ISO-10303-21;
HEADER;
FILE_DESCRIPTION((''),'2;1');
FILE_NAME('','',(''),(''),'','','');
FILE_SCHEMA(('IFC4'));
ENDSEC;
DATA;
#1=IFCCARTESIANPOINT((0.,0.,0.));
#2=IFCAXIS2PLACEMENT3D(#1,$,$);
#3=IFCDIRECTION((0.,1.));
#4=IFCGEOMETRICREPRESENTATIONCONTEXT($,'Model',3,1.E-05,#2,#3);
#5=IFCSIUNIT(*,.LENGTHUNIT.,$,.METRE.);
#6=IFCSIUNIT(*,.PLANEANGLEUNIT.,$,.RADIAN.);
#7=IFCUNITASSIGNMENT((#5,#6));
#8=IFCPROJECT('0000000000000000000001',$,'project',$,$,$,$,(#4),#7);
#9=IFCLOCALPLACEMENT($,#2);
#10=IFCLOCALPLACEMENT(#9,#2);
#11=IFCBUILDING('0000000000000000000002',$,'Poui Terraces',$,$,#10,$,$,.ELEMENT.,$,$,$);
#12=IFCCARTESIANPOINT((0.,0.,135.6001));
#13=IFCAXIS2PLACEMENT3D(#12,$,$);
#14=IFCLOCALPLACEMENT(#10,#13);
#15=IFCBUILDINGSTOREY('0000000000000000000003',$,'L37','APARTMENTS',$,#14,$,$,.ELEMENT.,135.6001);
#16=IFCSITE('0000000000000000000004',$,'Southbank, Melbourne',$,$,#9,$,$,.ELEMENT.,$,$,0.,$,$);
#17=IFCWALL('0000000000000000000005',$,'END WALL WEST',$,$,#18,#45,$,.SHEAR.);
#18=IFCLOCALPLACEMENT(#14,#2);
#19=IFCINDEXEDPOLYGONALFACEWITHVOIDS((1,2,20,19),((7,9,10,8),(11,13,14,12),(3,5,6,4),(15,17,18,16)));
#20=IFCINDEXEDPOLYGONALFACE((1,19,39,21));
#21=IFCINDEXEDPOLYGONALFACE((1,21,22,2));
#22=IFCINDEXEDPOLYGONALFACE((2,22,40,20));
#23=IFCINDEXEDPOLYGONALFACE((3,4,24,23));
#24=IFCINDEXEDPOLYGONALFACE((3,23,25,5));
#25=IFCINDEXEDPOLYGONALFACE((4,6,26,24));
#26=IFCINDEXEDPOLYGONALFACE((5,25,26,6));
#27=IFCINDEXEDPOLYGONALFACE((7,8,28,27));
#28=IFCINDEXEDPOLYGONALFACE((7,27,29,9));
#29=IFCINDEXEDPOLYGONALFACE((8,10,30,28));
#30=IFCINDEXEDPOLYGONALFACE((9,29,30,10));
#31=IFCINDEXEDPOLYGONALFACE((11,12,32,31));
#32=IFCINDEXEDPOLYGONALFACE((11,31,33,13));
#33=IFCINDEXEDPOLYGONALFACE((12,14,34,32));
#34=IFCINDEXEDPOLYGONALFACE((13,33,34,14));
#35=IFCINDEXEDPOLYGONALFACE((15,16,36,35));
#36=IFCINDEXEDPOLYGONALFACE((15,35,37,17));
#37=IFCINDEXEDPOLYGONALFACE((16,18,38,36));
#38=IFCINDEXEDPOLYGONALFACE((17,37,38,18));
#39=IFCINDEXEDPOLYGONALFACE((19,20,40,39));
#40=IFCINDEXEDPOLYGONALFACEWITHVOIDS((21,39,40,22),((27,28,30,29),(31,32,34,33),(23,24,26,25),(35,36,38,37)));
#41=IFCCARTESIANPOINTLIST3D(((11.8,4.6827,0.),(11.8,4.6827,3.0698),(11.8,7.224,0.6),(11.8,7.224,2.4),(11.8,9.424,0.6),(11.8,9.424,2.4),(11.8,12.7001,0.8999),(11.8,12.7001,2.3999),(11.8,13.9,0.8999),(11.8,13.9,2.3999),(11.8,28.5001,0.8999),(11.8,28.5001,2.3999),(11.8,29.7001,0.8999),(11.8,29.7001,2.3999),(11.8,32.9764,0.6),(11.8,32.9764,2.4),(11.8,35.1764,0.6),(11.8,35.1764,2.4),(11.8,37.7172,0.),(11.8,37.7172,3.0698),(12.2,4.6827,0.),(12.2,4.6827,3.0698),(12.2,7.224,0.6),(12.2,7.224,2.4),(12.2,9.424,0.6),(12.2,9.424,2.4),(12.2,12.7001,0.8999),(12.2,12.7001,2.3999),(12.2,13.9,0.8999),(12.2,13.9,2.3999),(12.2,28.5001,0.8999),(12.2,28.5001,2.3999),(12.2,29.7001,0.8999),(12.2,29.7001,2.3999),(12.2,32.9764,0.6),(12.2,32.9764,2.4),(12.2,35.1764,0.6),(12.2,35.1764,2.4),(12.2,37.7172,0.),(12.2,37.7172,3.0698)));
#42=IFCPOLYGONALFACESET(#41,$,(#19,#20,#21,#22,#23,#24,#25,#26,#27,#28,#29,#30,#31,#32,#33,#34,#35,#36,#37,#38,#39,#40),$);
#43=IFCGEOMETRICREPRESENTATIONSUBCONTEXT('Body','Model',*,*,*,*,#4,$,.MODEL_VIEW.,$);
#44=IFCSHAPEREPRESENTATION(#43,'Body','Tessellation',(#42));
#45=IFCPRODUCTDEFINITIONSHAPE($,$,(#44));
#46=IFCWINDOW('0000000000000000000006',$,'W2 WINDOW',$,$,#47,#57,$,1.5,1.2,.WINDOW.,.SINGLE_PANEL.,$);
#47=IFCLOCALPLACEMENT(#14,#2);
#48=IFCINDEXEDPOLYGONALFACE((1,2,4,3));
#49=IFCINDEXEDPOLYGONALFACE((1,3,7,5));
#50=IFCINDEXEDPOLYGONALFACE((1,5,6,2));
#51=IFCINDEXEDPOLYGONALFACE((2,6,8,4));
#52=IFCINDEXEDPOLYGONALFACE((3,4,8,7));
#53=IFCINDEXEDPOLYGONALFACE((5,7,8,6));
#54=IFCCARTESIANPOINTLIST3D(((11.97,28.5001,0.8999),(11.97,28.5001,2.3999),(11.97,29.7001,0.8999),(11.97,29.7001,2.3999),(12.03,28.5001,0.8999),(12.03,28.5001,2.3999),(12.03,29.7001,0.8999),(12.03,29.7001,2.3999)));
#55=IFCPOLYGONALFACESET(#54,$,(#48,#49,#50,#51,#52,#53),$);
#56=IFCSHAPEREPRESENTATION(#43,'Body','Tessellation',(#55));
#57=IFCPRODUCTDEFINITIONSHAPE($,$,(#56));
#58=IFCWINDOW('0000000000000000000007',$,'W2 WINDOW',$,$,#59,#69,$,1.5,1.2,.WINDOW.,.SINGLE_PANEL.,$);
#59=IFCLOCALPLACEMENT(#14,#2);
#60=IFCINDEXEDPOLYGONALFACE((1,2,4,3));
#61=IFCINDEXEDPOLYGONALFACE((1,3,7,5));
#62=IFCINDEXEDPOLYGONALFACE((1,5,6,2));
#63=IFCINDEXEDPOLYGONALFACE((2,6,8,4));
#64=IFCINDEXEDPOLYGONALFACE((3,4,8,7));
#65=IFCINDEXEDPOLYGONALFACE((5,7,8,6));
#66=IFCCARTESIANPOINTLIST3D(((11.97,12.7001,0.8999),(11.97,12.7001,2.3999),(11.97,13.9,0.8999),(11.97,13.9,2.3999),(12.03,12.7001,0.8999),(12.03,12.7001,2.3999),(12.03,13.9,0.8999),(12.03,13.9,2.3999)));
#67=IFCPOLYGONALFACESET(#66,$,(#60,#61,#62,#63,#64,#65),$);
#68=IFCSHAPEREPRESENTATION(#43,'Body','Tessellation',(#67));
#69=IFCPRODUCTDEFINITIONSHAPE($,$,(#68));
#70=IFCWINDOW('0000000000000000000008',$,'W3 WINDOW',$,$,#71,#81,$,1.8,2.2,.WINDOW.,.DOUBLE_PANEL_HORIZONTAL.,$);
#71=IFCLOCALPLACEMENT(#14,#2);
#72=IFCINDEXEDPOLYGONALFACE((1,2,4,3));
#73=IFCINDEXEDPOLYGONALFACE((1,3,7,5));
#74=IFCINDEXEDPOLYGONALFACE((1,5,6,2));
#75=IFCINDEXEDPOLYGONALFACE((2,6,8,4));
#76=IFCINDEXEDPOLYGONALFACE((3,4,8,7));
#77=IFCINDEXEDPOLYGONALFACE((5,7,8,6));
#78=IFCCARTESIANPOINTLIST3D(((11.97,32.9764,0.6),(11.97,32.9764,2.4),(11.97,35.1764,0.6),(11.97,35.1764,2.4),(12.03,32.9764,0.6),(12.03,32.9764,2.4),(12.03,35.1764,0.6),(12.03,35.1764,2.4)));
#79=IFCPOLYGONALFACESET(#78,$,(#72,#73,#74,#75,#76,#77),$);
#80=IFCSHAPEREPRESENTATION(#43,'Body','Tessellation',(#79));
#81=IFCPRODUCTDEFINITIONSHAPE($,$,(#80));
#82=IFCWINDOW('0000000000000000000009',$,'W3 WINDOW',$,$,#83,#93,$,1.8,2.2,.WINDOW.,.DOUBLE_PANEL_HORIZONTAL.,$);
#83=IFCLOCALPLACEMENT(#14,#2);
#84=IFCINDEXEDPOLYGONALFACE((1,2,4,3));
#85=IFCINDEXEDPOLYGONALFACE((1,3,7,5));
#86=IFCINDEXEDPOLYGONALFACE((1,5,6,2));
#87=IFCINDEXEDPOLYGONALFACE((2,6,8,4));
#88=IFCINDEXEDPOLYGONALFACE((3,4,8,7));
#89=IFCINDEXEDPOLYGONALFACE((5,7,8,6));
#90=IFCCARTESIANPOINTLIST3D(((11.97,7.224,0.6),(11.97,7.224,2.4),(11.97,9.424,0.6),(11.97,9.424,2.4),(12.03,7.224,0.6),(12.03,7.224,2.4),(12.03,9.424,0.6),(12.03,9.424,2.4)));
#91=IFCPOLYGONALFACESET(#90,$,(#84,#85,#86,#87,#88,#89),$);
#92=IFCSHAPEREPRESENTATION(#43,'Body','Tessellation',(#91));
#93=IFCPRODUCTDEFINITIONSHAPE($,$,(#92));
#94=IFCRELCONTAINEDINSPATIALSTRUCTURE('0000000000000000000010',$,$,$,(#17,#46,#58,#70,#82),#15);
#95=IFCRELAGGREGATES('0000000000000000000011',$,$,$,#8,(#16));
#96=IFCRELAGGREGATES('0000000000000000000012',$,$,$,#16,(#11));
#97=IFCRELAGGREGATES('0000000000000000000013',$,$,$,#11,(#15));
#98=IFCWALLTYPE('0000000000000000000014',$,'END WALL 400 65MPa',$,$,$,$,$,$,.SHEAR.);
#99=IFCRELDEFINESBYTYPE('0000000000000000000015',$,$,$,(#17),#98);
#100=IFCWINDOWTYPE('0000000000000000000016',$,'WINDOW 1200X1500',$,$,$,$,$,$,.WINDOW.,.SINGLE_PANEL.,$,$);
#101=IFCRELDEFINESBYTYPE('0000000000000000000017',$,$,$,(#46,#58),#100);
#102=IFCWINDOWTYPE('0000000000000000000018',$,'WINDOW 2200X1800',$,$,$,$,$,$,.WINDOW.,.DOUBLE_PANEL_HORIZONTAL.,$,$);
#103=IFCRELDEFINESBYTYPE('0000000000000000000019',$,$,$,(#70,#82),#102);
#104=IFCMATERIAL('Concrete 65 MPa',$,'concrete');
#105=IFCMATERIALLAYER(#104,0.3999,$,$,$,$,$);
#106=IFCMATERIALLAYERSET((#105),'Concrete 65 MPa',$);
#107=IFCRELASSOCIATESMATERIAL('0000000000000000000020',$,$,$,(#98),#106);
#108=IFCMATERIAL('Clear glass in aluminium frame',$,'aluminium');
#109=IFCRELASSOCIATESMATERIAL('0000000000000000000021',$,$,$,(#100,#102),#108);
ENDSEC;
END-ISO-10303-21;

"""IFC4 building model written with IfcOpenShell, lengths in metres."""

from ifc_helpers import new_model, si_unit, direction, frame, frame_2d, origin, place, context, subcontext, project, spatial, rectangle, extrude, material, layer, layer_set, type_object, element, fill, save


model = new_model("IFC4")

# Units and contexts
model_context = context("Model", 3, precision=1e-05, world=origin(), true_north=direction((0.0, 1.0)))
body_context = subcontext(model_context, "Body", "Model", "MODEL_VIEW")
ifc_project = project(units=[si_unit("LENGTHUNIT", "METRE"), si_unit("PLANEANGLEUNIT", "RADIAN")], contexts=[model_context])

# Site, building, storey
site_placement = place(None, origin())
site = spatial("IfcSite", under=ifc_project, at=site_placement, Name="Southbank, Melbourne", CompositionType="ELEMENT", RefElevation=0.0)
building_placement = place(site_placement, origin())
building = spatial("IfcBuilding", under=site, at=building_placement, Name="Poui Terraces", CompositionType="ELEMENT")
storey_placement = place(building_placement, frame((0.0, 0.0, 135.6001)))
storey = spatial("IfcBuildingStorey", under=building, at=storey_placement, Name="L37", Description="APARTMENTS", CompositionType="ELEMENT", Elevation=135.6001)

# Shared definitions
ifc_material_1 = material(Name="Concrete 65 MPa", Category="concrete")

# Wall, openings, windows
ifc_layer_1 = layer(ifc_material_1, 0.3999)
ifc_layer_set_1 = layer_set([ifc_layer_1], Name="Concrete 65 MPa")
wall_type = type_object("IfcWallType", Name="END WALL 400 65MPa", PredefinedType="SHEAR", material=ifc_layer_set_1)
wall_placement = place(storey_placement, frame((12.0, 4.6829, 0.0), z_axis=(0.0, 0.0, 1.0), x_axis=(0.0, 1.0, 0.0)))
wall = element("IfcWall", 1, at=wall_placement, inside=storey, type_object=wall_type, Name="END WALL WEST", PredefinedType="SHEAR", context=body_context, shape_type="SweptSolid", body=[
    extrude(rectangle(XDim=33.0344, YDim=0.3999, at=frame_2d((16.5171, 0.0))), origin(), (0.0, 0.0, 1.0), 3.0698),
])
opening_1_placement = place(wall_placement, frame((23.8171, 0.0, 0.8999)))
opening_1 = element("IfcOpeningElement", 2, at=opening_1_placement, cuts=wall, PredefinedType="OPENING", context=body_context, shape_type="SweptSolid", body=[
    extrude(rectangle(XDim=1.2, YDim=1.5, at=frame_2d((0.6001, 0.75))), frame((0.0, 0.21, 0.0), z_axis=(0.0, -1.0, 0.0), x_axis=(1.0, 0.0, 0.0)), (0.0, 0.0, 1.0), 0.4199),
])
opening_2_placement = place(wall_placement, frame((8.0171, 0.0, 0.8999)))
opening_2 = element("IfcOpeningElement", 3, at=opening_2_placement, cuts=wall, PredefinedType="OPENING", context=body_context, shape_type="SweptSolid", body=[
    extrude(rectangle(XDim=1.2, YDim=1.5, at=frame_2d((0.6001, 0.75))), frame((0.0, 0.21, 0.0), z_axis=(0.0, -1.0, 0.0), x_axis=(1.0, 0.0, 0.0)), (0.0, 0.0, 1.0), 0.4199),
])
opening_3_placement = place(wall_placement, frame((28.2935, 0.0, 0.6001)))
opening_3 = element("IfcOpeningElement", 4, at=opening_3_placement, cuts=wall, PredefinedType="OPENING", context=body_context, shape_type="SweptSolid", body=[
    extrude(rectangle(XDim=2.2, YDim=1.8, at=frame_2d((1.1001, 0.8999))), frame((0.0, 0.21, 0.0), z_axis=(0.0, -1.0, 0.0), x_axis=(1.0, 0.0, 0.0)), (0.0, 0.0, 1.0), 0.4199),
])
opening_4_placement = place(wall_placement, frame((2.541, 0.0, 0.6001)))
opening_4 = element("IfcOpeningElement", 5, at=opening_4_placement, cuts=wall, PredefinedType="OPENING", context=body_context, shape_type="SweptSolid", body=[
    extrude(rectangle(XDim=2.2, YDim=1.8, at=frame_2d((1.1001, 0.8999))), frame((0.0, 0.21, 0.0), z_axis=(0.0, -1.0, 0.0), x_axis=(1.0, 0.0, 0.0)), (0.0, 0.0, 1.0), 0.4199),
])
ifc_material_2 = material(Name="Clear glass in aluminium frame", Category="aluminium")
window_type_1 = type_object("IfcWindowType", Name="WINDOW 1200X1500", PartitioningType="SINGLE_PANEL", PredefinedType="WINDOW", material=ifc_material_2)
window_1_placement = place(opening_1_placement, origin())
window_1 = element("IfcWindow", 6, at=window_1_placement, inside=storey, type_object=window_type_1, Name="W2 WINDOW", OverallHeight=1.5, OverallWidth=1.2, PartitioningType="SINGLE_PANEL", PredefinedType="WINDOW", context=body_context, shape_type="SweptSolid", body=[
    extrude(rectangle(XDim=1.2, YDim=1.5, at=frame_2d((0.6001, 0.75))), frame((0.0, 0.03, 0.0), z_axis=(0.0, -1.0, 0.0), x_axis=(1.0, 0.0, 0.0)), (0.0, 0.0, 1.0), 0.0601),
])
fill(opening_1, window_1)
window_2_placement = place(opening_2_placement, origin())
window_2 = element("IfcWindow", 7, at=window_2_placement, inside=storey, type_object=window_type_1, Name="W2 WINDOW", OverallHeight=1.5, OverallWidth=1.2, PartitioningType="SINGLE_PANEL", PredefinedType="WINDOW", context=body_context, shape_type="SweptSolid", body=[
    extrude(rectangle(XDim=1.2, YDim=1.5, at=frame_2d((0.6001, 0.75))), frame((0.0, 0.03, 0.0), z_axis=(0.0, -1.0, 0.0), x_axis=(1.0, 0.0, 0.0)), (0.0, 0.0, 1.0), 0.0601),
])
fill(opening_2, window_2)
window_type_2 = type_object("IfcWindowType", Name="WINDOW 2200X1800", PartitioningType="DOUBLE_PANEL_HORIZONTAL", PredefinedType="WINDOW", material=ifc_material_2)
window_3_placement = place(opening_3_placement, origin())
window_3 = element("IfcWindow", 8, at=window_3_placement, inside=storey, type_object=window_type_2, Name="W3 WINDOW", OverallHeight=1.8, OverallWidth=2.2, PartitioningType="DOUBLE_PANEL_HORIZONTAL", PredefinedType="WINDOW", context=body_context, shape_type="SweptSolid", body=[
    extrude(rectangle(XDim=2.2, YDim=1.8, at=frame_2d((1.1001, 0.8999))), frame((0.0, 0.03, 0.0), z_axis=(0.0, -1.0, 0.0), x_axis=(1.0, 0.0, 0.0)), (0.0, 0.0, 1.0), 0.0601),
])
fill(opening_3, window_3)
window_4_placement = place(opening_4_placement, origin())
window_4 = element("IfcWindow", 9, at=window_4_placement, inside=storey, type_object=window_type_2, Name="W3 WINDOW", OverallHeight=1.8, OverallWidth=2.2, PartitioningType="DOUBLE_PANEL_HORIZONTAL", PredefinedType="WINDOW", context=body_context, shape_type="SweptSolid", body=[
    extrude(rectangle(XDim=2.2, YDim=1.8, at=frame_2d((1.1001, 0.8999))), frame((0.0, 0.03, 0.0), z_axis=(0.0, -1.0, 0.0), x_axis=(1.0, 0.0, 0.0)), (0.0, 0.0, 1.0), 0.0601),
])
fill(opening_4, window_4)

save(model, "model.ifc")
